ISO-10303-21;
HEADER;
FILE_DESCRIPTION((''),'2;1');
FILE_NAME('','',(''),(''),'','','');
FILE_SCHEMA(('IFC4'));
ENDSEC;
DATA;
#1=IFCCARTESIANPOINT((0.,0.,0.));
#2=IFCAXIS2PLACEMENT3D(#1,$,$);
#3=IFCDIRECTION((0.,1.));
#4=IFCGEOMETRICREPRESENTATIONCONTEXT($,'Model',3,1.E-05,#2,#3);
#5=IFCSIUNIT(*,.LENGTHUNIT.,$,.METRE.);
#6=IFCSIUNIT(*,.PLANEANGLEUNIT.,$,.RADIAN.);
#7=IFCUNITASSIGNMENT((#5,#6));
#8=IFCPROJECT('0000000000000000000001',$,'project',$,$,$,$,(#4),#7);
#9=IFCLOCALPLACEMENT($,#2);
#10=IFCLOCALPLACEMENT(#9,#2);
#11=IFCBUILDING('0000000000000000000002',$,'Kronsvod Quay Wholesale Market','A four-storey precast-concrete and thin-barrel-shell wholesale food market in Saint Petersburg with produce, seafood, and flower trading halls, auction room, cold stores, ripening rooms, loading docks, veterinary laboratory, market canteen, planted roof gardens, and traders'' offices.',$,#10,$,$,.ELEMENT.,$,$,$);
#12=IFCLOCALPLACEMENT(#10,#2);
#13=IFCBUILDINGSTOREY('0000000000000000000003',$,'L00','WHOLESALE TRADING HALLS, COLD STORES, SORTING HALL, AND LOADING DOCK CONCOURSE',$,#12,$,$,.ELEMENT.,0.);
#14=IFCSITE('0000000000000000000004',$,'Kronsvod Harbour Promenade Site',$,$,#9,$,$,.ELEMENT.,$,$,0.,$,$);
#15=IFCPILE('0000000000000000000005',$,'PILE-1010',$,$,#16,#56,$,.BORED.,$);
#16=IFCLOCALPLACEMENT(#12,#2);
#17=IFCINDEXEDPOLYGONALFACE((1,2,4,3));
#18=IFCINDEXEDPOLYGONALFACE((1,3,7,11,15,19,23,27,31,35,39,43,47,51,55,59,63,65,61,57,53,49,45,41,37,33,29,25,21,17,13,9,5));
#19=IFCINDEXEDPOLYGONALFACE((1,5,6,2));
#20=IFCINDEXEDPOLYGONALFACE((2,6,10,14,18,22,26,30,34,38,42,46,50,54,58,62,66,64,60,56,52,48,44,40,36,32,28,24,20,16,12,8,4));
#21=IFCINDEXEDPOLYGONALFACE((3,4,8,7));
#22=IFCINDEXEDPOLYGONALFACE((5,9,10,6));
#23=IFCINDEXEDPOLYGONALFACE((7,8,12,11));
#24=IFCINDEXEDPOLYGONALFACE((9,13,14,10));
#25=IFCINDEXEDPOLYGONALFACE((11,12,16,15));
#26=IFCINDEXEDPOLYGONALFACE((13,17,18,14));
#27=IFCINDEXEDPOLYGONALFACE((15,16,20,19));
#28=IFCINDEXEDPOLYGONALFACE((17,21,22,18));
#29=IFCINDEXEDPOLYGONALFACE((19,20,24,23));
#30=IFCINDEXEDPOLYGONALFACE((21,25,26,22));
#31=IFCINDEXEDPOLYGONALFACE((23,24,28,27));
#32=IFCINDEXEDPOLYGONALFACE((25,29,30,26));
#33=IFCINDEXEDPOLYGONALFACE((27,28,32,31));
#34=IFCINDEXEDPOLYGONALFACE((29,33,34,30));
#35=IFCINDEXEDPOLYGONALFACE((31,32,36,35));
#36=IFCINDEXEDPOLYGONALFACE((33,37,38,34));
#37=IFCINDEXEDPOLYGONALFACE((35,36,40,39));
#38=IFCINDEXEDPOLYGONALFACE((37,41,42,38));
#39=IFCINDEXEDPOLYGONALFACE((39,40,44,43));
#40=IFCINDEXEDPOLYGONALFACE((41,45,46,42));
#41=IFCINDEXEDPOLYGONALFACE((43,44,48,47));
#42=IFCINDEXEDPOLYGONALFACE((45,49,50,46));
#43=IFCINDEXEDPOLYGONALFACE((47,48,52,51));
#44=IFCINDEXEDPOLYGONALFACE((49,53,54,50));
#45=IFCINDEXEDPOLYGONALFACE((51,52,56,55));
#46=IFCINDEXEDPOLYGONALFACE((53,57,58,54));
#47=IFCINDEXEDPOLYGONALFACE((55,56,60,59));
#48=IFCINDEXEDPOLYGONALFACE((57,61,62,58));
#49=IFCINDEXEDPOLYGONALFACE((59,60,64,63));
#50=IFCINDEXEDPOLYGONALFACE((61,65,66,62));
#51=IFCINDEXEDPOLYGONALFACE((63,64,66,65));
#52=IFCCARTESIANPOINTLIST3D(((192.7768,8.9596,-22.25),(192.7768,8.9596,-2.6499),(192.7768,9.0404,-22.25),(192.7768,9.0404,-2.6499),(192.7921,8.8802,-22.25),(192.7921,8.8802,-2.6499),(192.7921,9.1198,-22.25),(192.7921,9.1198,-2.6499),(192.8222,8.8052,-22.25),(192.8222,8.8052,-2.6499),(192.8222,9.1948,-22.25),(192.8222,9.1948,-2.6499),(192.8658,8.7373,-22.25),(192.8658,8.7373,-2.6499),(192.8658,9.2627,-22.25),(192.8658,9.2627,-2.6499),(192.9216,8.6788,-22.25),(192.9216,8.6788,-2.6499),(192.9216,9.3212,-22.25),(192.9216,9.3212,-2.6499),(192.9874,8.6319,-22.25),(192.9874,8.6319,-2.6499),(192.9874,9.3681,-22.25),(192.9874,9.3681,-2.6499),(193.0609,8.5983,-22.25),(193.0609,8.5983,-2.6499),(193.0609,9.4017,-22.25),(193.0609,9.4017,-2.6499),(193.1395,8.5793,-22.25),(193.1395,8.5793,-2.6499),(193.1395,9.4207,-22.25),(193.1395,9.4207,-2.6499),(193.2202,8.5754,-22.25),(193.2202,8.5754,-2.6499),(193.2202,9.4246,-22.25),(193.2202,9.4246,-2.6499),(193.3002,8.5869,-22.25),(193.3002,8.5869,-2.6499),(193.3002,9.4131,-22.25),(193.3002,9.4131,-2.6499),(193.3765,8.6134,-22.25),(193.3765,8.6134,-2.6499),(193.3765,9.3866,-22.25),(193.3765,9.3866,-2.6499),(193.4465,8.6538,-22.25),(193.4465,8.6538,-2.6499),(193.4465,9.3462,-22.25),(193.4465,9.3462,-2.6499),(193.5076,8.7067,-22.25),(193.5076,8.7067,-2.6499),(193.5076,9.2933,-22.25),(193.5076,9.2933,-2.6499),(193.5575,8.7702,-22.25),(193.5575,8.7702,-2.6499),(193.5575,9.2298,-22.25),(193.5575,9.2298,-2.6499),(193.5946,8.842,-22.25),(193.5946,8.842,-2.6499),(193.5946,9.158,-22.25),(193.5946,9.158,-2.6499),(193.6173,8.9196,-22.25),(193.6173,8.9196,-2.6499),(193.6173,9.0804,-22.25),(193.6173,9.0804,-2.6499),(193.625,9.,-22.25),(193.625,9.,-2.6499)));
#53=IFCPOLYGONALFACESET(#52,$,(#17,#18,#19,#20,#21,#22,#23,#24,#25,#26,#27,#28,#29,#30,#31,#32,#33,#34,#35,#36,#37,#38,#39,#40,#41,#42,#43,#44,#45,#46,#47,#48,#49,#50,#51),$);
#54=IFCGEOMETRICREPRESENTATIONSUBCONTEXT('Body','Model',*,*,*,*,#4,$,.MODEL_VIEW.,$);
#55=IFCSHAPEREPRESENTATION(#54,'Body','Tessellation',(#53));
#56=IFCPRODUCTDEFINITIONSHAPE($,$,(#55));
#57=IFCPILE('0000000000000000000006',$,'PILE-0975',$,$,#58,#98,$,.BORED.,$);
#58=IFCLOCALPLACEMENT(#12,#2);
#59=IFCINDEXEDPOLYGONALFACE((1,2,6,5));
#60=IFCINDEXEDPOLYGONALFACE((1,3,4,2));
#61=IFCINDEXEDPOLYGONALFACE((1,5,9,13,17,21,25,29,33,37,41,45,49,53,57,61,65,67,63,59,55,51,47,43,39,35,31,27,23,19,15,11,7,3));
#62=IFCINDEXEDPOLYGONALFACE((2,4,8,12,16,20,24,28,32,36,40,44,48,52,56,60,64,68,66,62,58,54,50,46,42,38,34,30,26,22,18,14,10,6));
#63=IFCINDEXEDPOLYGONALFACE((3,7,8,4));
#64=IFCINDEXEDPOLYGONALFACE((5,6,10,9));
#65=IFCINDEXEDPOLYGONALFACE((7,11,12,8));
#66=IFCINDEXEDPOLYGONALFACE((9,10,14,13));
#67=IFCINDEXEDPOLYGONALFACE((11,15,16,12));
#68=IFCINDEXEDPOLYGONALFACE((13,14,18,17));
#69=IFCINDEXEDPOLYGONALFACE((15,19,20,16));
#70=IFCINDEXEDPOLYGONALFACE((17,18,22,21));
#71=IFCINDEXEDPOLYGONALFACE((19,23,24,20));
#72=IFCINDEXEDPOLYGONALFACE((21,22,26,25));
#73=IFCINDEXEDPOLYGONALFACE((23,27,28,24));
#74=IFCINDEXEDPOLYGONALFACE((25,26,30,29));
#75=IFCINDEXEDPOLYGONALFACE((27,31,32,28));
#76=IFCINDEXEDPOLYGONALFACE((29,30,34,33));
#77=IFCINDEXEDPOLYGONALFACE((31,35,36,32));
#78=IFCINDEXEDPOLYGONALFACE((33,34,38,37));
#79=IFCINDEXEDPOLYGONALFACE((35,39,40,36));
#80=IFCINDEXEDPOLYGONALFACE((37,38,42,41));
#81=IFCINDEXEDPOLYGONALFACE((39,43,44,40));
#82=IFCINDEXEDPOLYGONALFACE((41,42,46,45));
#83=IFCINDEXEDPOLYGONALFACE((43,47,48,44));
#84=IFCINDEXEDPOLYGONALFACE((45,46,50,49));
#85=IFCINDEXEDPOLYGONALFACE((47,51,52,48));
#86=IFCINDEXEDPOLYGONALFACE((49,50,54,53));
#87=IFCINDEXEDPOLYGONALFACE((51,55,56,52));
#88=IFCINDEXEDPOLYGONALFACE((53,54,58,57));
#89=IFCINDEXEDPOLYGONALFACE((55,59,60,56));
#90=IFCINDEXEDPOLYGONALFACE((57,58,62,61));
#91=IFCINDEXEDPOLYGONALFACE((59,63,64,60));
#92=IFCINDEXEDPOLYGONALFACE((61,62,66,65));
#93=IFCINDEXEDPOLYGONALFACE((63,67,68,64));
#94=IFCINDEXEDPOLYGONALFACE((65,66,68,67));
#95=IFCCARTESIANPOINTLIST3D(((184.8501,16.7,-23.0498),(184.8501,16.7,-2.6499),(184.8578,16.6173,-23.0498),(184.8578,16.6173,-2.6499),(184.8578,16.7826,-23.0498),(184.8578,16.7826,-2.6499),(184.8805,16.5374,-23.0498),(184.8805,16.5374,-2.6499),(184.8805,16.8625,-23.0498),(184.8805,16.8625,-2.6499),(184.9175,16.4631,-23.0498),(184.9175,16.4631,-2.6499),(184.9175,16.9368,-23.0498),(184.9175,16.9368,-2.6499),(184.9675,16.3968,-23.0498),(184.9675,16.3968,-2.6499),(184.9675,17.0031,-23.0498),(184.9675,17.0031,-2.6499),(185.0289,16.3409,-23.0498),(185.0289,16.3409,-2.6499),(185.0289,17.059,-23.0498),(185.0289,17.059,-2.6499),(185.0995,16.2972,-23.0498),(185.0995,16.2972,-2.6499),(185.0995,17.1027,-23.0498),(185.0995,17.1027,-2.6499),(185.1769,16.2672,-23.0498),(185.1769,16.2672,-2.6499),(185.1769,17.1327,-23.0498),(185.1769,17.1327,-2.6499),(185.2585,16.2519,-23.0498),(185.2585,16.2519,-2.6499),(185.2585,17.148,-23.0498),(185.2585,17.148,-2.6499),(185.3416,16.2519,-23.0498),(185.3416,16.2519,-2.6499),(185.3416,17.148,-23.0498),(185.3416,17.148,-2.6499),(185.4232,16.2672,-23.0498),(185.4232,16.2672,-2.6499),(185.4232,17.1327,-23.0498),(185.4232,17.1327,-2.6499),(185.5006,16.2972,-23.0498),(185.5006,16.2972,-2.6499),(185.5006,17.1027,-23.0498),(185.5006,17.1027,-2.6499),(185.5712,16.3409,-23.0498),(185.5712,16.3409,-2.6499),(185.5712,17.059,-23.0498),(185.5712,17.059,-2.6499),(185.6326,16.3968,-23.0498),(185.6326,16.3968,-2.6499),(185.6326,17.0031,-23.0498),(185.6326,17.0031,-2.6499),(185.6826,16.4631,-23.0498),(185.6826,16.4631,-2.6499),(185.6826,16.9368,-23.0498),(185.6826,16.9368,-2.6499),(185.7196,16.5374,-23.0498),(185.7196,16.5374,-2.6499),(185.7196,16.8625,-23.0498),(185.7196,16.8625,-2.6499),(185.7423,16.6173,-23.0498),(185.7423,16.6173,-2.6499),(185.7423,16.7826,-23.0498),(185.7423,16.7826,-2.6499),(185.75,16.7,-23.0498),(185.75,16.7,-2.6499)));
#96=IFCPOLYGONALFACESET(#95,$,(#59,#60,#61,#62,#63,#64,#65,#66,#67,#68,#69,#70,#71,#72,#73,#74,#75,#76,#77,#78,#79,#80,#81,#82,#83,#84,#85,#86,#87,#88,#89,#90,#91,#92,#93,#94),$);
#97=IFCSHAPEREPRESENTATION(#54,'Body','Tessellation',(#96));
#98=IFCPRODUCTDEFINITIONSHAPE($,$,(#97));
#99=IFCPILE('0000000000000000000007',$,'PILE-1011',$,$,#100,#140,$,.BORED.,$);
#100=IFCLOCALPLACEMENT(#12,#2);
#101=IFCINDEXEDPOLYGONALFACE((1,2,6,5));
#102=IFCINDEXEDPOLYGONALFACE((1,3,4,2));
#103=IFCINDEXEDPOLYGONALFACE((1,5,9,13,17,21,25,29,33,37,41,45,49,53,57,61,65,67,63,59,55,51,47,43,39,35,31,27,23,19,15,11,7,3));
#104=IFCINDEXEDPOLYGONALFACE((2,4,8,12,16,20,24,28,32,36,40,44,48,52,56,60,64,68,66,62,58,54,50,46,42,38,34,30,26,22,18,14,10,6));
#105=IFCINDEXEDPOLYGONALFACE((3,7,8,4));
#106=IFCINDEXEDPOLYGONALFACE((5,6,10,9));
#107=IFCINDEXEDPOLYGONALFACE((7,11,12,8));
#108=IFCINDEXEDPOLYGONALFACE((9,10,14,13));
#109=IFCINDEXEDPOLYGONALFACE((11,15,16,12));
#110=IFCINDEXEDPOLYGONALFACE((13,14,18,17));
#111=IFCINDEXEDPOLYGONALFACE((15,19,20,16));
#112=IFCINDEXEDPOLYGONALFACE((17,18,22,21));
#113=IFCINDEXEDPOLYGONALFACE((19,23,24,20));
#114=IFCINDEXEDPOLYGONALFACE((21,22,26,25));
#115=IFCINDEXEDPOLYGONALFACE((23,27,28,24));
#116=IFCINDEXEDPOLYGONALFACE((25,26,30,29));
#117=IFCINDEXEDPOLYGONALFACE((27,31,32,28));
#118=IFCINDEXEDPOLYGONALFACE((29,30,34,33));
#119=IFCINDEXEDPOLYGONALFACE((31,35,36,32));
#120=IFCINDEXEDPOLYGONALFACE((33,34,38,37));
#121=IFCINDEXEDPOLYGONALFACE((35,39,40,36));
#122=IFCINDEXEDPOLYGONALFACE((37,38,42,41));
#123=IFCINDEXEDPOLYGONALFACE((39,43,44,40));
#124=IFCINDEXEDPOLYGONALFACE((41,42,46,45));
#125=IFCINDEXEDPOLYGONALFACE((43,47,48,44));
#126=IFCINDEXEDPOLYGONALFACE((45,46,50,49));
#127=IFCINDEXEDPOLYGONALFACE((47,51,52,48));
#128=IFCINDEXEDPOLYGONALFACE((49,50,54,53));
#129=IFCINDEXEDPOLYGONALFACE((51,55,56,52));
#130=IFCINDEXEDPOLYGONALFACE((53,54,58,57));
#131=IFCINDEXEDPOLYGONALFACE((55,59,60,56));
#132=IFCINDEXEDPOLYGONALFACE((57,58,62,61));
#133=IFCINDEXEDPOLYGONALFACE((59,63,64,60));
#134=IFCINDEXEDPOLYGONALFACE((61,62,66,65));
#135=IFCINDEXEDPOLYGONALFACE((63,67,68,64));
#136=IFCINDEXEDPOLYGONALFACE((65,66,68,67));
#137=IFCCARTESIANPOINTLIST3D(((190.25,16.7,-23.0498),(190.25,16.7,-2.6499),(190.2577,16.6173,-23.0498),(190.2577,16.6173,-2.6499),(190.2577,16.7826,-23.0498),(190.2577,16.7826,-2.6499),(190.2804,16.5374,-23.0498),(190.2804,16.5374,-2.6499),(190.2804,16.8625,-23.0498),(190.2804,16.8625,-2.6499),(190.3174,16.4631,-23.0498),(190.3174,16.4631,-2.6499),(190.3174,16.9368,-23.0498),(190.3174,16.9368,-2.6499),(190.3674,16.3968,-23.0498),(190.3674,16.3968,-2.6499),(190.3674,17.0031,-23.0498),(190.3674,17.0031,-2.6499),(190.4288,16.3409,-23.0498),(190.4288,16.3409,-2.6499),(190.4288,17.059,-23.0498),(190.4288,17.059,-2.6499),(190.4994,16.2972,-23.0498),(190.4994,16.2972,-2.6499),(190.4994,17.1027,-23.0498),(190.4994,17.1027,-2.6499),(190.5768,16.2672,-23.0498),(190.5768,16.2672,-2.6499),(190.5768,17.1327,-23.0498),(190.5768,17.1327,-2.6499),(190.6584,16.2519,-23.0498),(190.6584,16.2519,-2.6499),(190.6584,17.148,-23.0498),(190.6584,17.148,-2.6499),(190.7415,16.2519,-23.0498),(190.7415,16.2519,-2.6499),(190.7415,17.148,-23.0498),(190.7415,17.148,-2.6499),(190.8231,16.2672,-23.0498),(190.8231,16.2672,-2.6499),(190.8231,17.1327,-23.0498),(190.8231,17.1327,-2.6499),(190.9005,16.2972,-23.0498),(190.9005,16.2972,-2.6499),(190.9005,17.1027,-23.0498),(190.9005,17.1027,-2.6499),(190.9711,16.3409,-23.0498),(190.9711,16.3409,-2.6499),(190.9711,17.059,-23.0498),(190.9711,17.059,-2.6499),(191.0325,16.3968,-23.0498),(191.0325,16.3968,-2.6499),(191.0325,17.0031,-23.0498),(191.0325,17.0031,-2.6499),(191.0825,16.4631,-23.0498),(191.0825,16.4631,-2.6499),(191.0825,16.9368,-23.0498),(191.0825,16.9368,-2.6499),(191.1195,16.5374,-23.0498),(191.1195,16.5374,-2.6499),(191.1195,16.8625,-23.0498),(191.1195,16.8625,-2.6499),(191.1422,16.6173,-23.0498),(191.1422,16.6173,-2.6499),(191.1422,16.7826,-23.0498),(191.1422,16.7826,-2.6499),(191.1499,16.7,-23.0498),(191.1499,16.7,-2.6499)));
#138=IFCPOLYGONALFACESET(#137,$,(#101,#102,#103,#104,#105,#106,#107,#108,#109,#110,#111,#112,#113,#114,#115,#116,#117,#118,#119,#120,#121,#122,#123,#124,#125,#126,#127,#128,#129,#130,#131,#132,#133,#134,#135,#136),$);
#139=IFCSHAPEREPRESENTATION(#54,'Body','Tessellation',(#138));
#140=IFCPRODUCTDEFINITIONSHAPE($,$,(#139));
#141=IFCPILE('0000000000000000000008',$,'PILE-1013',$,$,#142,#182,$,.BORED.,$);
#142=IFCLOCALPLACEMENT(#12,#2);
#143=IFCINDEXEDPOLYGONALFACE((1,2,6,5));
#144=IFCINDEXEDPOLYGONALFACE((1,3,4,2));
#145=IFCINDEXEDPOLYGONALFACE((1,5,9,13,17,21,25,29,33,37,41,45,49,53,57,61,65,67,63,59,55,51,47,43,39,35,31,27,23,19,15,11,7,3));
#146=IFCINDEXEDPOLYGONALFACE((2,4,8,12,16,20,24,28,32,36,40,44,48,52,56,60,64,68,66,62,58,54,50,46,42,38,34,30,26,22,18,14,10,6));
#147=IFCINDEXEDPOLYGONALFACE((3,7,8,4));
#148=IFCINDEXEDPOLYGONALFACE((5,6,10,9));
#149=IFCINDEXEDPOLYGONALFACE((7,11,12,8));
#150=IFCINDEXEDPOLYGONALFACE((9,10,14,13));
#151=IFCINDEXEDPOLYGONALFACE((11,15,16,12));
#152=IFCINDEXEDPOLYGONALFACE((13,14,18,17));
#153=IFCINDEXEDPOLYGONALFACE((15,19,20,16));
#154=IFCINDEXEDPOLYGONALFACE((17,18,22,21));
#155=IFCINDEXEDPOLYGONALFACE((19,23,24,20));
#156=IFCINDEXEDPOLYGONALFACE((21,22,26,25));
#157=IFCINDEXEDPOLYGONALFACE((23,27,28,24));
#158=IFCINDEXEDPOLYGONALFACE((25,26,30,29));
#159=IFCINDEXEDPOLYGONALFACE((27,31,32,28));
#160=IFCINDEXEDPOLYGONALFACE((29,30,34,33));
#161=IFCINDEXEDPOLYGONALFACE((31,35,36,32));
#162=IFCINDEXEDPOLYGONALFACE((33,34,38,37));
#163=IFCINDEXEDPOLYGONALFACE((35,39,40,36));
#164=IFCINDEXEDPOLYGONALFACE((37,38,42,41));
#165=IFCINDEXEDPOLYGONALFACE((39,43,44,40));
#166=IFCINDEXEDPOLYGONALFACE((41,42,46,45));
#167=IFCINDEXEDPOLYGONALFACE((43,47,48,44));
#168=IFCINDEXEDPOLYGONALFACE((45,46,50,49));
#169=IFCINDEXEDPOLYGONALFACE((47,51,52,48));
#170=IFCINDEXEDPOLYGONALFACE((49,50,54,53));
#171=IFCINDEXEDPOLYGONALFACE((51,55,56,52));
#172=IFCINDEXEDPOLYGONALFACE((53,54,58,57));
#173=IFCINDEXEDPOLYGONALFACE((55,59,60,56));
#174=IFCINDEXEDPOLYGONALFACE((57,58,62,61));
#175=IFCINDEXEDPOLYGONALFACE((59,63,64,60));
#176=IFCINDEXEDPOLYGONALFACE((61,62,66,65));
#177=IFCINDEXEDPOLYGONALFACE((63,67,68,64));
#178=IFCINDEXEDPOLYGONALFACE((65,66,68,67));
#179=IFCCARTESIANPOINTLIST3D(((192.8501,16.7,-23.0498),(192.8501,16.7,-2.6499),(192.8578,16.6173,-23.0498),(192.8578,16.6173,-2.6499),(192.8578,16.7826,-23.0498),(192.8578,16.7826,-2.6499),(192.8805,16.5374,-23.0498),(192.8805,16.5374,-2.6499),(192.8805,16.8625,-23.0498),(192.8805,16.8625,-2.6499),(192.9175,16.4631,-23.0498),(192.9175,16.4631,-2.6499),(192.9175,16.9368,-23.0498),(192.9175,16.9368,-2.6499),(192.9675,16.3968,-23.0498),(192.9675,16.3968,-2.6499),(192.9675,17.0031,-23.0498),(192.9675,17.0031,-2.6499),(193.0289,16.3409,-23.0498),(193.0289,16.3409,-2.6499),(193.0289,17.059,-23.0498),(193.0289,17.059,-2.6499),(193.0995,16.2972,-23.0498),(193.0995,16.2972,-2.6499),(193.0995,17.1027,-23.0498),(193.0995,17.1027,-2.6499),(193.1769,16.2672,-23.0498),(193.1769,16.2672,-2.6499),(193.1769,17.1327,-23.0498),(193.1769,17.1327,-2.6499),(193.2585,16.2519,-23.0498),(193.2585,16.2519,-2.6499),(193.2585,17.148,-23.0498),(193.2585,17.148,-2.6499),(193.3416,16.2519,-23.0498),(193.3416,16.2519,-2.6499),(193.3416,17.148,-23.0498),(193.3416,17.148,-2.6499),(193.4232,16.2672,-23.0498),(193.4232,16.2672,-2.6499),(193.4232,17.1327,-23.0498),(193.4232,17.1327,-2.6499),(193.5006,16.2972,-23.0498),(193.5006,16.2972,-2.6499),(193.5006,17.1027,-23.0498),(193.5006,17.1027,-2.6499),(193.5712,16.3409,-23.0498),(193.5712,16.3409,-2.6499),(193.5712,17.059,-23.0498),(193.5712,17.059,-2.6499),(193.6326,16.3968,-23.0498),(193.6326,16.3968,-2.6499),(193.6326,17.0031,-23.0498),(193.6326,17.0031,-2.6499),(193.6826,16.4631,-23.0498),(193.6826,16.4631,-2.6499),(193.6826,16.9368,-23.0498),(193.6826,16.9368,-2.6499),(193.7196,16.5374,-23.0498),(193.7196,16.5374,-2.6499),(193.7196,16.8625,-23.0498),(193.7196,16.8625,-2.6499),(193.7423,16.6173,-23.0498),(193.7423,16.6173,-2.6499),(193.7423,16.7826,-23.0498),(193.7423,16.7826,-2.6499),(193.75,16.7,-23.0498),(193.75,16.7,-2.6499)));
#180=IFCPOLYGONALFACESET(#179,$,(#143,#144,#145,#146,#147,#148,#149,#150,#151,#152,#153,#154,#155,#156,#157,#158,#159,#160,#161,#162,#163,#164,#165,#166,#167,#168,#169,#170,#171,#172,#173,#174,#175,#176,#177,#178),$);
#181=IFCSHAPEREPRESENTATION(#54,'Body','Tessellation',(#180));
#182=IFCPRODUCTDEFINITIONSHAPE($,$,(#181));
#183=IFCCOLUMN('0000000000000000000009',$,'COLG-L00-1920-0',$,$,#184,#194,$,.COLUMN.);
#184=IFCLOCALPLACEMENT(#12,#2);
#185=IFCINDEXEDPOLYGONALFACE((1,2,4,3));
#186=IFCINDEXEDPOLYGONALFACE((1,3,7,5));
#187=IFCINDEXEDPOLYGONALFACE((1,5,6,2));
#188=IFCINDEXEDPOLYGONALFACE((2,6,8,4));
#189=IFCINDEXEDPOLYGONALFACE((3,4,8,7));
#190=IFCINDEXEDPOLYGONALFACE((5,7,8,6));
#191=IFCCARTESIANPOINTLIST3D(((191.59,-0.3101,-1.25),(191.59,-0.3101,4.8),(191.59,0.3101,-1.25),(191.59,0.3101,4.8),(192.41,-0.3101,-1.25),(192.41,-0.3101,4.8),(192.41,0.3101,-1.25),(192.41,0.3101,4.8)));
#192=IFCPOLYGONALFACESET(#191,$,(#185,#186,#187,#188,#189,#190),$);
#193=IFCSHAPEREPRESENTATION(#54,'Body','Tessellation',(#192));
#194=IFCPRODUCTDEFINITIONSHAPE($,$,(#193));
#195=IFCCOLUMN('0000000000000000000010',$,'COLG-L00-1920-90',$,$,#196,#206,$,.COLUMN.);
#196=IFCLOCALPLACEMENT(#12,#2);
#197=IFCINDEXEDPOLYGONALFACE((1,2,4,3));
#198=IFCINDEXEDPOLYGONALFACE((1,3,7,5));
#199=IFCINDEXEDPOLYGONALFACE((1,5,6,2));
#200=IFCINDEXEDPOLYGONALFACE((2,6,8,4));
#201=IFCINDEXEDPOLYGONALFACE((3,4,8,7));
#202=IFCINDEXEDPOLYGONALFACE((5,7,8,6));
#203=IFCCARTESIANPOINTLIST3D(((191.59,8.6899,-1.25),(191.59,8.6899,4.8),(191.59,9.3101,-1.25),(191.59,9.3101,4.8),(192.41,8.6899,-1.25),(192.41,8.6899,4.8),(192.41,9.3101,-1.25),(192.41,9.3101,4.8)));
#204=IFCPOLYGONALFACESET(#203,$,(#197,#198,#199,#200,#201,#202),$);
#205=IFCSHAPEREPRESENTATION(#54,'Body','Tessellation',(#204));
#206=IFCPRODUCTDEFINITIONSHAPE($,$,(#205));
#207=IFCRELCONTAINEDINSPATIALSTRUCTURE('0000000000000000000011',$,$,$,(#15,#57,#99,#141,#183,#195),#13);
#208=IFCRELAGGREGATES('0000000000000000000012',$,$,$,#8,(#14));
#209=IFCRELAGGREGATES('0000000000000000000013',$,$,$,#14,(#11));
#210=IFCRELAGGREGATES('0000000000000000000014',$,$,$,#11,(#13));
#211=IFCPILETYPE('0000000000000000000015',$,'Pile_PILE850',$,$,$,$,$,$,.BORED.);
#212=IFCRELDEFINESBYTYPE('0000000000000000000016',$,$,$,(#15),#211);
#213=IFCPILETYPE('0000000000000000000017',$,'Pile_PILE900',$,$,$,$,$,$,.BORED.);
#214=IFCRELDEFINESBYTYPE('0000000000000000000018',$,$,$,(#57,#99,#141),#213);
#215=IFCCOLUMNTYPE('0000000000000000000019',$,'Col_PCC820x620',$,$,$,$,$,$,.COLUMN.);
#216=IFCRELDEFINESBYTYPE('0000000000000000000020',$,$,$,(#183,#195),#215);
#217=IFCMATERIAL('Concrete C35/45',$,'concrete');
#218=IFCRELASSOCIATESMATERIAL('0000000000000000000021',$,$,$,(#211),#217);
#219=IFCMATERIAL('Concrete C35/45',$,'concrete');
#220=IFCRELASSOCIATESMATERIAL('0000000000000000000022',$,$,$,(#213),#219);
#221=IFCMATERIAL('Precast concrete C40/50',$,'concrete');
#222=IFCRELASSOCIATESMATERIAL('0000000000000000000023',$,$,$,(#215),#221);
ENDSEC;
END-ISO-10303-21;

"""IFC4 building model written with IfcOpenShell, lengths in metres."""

from ifc_helpers import new_model, si_unit, direction, frame, origin, origin_2d, place, context, subcontext, project, spatial, rectangle, circle, extrude, material, material_profile, profile_set, type_object, element, save


model = new_model("IFC4")

# Units and contexts
model_context = context("Model", 3, precision=1e-05, world=origin(), true_north=direction((0.0, 1.0)))
body_context = subcontext(model_context, "Body", "Model", "MODEL_VIEW")
ifc_project = project(units=[si_unit("LENGTHUNIT", "METRE"), si_unit("PLANEANGLEUNIT", "RADIAN")], contexts=[model_context])

# Site, building, storey
site_placement = place(None, origin())
site = spatial("IfcSite", under=ifc_project, at=site_placement, Name="Kronsvod Harbour Promenade Site", CompositionType="ELEMENT", RefElevation=0.0)
building_placement = place(site_placement, origin())
building = spatial("IfcBuilding", under=site, at=building_placement, Name="Kronsvod Quay Wholesale Market", Description="A four-storey precast-concrete and thin-barrel-shell wholesale food market in Saint Petersburg with produce, seafood, and flower trading halls, auction room, cold stores, ripening rooms, loading docks, veterinary laboratory, market canteen, planted roof gardens, and traders' offices.", CompositionType="ELEMENT")
storey_placement = place(building_placement, origin())
storey = spatial("IfcBuildingStorey", under=building, at=storey_placement, Name="L00", Description="WHOLESALE TRADING HALLS, COLD STORES, SORTING HALL, AND LOADING DOCK CONCOURSE", CompositionType="ELEMENT", Elevation=0.0)

# Piles
ifc_material_1 = material(Name="Concrete C35/45", Category="concrete")
ifc_material_profile_1 = material_profile(ifc_material_1, circle(Radius=0.425, at=origin_2d()), Name="PILE850")
ifc_profile_set_1 = profile_set([ifc_material_profile_1], Name="Concrete C35/45")
pile_type_1 = type_object("IfcPileType", Name="Pile_PILE850", PredefinedType="BORED", material=ifc_profile_set_1)
for number, where, z_axis, x_axis, name in (
    (1, (193.2, 9.0, -2.6499), (0.0, 0.0, -1.0), (1.0, 0.0, 0.0), "PILE-1010"),
):
    element("IfcPile", number, at=place(storey_placement, frame(where, z_axis=z_axis, x_axis=x_axis)), inside=storey, type_object=pile_type_1, Name=name, PredefinedType="BORED", context=body_context, shape_type="SweptSolid", body=[
        extrude(circle(Radius=0.425, at=origin_2d()), origin(), (0.0, 0.0, 1.0), 19.6001),
    ])
ifc_material_2 = material(Name="Concrete C35/45", Category="concrete")
ifc_material_profile_2 = material_profile(ifc_material_2, circle(Radius=0.45, at=origin_2d()), Name="PILE900")
ifc_profile_set_2 = profile_set([ifc_material_profile_2], Name="Concrete C35/45")
pile_type_2 = type_object("IfcPileType", Name="Pile_PILE900", PredefinedType="BORED", material=ifc_profile_set_2)
for number, where, z_axis, x_axis, name in (
    (2, (185.3, 16.7, -2.6499), (0.0, 0.0, -1.0), (1.0, 0.0, 0.0), "PILE-0975"),
    (3, (190.7, 16.7, -2.6499), (0.0, 0.0, -1.0), (1.0, 0.0, 0.0), "PILE-1011"),
    (4, (193.3, 16.7, -2.6499), (0.0, 0.0, -1.0), (1.0, 0.0, 0.0), "PILE-1013"),
):
    element("IfcPile", number, at=place(storey_placement, frame(where, z_axis=z_axis, x_axis=x_axis)), inside=storey, type_object=pile_type_2, Name=name, PredefinedType="BORED", context=body_context, shape_type="SweptSolid", body=[
        extrude(circle(Radius=0.45, at=origin_2d()), origin(), (0.0, 0.0, 1.0), 20.3999),
    ])

# Columns
ifc_material_3 = material(Name="Precast concrete C40/50", Category="concrete")
ifc_material_profile_3 = material_profile(ifc_material_3, rectangle(XDim=0.8201, YDim=0.6201, at=origin_2d()), Name="COL-10")
ifc_profile_set_3 = profile_set([ifc_material_profile_3], Name="Precast concrete C40/50")
column_type_1 = type_object("IfcColumnType", Name="Col_PCC820x620", PredefinedType="COLUMN", material=ifc_profile_set_3)
for number, where, z_axis, x_axis, name in (
    (5, (192.0, 0.0, -1.25), (0.0, 0.0, 1.0), (1.0, 0.0, 0.0), "COLG-L00-1920-0"),
    (6, (192.0, 9.0, -1.25), (0.0, 0.0, 1.0), (1.0, 0.0, 0.0), "COLG-L00-1920-90"),
):
    element("IfcColumn", number, at=place(storey_placement, frame(where, z_axis=z_axis, x_axis=x_axis)), inside=storey, type_object=column_type_1, Name=name, PredefinedType="COLUMN", context=body_context, shape_type="SweptSolid", body=[
        extrude(rectangle(XDim=0.8201, YDim=0.6201, at=origin_2d()), origin(), (0.0, 0.0, 1.0), 6.05),
    ])

save(model, "model.ifc")
